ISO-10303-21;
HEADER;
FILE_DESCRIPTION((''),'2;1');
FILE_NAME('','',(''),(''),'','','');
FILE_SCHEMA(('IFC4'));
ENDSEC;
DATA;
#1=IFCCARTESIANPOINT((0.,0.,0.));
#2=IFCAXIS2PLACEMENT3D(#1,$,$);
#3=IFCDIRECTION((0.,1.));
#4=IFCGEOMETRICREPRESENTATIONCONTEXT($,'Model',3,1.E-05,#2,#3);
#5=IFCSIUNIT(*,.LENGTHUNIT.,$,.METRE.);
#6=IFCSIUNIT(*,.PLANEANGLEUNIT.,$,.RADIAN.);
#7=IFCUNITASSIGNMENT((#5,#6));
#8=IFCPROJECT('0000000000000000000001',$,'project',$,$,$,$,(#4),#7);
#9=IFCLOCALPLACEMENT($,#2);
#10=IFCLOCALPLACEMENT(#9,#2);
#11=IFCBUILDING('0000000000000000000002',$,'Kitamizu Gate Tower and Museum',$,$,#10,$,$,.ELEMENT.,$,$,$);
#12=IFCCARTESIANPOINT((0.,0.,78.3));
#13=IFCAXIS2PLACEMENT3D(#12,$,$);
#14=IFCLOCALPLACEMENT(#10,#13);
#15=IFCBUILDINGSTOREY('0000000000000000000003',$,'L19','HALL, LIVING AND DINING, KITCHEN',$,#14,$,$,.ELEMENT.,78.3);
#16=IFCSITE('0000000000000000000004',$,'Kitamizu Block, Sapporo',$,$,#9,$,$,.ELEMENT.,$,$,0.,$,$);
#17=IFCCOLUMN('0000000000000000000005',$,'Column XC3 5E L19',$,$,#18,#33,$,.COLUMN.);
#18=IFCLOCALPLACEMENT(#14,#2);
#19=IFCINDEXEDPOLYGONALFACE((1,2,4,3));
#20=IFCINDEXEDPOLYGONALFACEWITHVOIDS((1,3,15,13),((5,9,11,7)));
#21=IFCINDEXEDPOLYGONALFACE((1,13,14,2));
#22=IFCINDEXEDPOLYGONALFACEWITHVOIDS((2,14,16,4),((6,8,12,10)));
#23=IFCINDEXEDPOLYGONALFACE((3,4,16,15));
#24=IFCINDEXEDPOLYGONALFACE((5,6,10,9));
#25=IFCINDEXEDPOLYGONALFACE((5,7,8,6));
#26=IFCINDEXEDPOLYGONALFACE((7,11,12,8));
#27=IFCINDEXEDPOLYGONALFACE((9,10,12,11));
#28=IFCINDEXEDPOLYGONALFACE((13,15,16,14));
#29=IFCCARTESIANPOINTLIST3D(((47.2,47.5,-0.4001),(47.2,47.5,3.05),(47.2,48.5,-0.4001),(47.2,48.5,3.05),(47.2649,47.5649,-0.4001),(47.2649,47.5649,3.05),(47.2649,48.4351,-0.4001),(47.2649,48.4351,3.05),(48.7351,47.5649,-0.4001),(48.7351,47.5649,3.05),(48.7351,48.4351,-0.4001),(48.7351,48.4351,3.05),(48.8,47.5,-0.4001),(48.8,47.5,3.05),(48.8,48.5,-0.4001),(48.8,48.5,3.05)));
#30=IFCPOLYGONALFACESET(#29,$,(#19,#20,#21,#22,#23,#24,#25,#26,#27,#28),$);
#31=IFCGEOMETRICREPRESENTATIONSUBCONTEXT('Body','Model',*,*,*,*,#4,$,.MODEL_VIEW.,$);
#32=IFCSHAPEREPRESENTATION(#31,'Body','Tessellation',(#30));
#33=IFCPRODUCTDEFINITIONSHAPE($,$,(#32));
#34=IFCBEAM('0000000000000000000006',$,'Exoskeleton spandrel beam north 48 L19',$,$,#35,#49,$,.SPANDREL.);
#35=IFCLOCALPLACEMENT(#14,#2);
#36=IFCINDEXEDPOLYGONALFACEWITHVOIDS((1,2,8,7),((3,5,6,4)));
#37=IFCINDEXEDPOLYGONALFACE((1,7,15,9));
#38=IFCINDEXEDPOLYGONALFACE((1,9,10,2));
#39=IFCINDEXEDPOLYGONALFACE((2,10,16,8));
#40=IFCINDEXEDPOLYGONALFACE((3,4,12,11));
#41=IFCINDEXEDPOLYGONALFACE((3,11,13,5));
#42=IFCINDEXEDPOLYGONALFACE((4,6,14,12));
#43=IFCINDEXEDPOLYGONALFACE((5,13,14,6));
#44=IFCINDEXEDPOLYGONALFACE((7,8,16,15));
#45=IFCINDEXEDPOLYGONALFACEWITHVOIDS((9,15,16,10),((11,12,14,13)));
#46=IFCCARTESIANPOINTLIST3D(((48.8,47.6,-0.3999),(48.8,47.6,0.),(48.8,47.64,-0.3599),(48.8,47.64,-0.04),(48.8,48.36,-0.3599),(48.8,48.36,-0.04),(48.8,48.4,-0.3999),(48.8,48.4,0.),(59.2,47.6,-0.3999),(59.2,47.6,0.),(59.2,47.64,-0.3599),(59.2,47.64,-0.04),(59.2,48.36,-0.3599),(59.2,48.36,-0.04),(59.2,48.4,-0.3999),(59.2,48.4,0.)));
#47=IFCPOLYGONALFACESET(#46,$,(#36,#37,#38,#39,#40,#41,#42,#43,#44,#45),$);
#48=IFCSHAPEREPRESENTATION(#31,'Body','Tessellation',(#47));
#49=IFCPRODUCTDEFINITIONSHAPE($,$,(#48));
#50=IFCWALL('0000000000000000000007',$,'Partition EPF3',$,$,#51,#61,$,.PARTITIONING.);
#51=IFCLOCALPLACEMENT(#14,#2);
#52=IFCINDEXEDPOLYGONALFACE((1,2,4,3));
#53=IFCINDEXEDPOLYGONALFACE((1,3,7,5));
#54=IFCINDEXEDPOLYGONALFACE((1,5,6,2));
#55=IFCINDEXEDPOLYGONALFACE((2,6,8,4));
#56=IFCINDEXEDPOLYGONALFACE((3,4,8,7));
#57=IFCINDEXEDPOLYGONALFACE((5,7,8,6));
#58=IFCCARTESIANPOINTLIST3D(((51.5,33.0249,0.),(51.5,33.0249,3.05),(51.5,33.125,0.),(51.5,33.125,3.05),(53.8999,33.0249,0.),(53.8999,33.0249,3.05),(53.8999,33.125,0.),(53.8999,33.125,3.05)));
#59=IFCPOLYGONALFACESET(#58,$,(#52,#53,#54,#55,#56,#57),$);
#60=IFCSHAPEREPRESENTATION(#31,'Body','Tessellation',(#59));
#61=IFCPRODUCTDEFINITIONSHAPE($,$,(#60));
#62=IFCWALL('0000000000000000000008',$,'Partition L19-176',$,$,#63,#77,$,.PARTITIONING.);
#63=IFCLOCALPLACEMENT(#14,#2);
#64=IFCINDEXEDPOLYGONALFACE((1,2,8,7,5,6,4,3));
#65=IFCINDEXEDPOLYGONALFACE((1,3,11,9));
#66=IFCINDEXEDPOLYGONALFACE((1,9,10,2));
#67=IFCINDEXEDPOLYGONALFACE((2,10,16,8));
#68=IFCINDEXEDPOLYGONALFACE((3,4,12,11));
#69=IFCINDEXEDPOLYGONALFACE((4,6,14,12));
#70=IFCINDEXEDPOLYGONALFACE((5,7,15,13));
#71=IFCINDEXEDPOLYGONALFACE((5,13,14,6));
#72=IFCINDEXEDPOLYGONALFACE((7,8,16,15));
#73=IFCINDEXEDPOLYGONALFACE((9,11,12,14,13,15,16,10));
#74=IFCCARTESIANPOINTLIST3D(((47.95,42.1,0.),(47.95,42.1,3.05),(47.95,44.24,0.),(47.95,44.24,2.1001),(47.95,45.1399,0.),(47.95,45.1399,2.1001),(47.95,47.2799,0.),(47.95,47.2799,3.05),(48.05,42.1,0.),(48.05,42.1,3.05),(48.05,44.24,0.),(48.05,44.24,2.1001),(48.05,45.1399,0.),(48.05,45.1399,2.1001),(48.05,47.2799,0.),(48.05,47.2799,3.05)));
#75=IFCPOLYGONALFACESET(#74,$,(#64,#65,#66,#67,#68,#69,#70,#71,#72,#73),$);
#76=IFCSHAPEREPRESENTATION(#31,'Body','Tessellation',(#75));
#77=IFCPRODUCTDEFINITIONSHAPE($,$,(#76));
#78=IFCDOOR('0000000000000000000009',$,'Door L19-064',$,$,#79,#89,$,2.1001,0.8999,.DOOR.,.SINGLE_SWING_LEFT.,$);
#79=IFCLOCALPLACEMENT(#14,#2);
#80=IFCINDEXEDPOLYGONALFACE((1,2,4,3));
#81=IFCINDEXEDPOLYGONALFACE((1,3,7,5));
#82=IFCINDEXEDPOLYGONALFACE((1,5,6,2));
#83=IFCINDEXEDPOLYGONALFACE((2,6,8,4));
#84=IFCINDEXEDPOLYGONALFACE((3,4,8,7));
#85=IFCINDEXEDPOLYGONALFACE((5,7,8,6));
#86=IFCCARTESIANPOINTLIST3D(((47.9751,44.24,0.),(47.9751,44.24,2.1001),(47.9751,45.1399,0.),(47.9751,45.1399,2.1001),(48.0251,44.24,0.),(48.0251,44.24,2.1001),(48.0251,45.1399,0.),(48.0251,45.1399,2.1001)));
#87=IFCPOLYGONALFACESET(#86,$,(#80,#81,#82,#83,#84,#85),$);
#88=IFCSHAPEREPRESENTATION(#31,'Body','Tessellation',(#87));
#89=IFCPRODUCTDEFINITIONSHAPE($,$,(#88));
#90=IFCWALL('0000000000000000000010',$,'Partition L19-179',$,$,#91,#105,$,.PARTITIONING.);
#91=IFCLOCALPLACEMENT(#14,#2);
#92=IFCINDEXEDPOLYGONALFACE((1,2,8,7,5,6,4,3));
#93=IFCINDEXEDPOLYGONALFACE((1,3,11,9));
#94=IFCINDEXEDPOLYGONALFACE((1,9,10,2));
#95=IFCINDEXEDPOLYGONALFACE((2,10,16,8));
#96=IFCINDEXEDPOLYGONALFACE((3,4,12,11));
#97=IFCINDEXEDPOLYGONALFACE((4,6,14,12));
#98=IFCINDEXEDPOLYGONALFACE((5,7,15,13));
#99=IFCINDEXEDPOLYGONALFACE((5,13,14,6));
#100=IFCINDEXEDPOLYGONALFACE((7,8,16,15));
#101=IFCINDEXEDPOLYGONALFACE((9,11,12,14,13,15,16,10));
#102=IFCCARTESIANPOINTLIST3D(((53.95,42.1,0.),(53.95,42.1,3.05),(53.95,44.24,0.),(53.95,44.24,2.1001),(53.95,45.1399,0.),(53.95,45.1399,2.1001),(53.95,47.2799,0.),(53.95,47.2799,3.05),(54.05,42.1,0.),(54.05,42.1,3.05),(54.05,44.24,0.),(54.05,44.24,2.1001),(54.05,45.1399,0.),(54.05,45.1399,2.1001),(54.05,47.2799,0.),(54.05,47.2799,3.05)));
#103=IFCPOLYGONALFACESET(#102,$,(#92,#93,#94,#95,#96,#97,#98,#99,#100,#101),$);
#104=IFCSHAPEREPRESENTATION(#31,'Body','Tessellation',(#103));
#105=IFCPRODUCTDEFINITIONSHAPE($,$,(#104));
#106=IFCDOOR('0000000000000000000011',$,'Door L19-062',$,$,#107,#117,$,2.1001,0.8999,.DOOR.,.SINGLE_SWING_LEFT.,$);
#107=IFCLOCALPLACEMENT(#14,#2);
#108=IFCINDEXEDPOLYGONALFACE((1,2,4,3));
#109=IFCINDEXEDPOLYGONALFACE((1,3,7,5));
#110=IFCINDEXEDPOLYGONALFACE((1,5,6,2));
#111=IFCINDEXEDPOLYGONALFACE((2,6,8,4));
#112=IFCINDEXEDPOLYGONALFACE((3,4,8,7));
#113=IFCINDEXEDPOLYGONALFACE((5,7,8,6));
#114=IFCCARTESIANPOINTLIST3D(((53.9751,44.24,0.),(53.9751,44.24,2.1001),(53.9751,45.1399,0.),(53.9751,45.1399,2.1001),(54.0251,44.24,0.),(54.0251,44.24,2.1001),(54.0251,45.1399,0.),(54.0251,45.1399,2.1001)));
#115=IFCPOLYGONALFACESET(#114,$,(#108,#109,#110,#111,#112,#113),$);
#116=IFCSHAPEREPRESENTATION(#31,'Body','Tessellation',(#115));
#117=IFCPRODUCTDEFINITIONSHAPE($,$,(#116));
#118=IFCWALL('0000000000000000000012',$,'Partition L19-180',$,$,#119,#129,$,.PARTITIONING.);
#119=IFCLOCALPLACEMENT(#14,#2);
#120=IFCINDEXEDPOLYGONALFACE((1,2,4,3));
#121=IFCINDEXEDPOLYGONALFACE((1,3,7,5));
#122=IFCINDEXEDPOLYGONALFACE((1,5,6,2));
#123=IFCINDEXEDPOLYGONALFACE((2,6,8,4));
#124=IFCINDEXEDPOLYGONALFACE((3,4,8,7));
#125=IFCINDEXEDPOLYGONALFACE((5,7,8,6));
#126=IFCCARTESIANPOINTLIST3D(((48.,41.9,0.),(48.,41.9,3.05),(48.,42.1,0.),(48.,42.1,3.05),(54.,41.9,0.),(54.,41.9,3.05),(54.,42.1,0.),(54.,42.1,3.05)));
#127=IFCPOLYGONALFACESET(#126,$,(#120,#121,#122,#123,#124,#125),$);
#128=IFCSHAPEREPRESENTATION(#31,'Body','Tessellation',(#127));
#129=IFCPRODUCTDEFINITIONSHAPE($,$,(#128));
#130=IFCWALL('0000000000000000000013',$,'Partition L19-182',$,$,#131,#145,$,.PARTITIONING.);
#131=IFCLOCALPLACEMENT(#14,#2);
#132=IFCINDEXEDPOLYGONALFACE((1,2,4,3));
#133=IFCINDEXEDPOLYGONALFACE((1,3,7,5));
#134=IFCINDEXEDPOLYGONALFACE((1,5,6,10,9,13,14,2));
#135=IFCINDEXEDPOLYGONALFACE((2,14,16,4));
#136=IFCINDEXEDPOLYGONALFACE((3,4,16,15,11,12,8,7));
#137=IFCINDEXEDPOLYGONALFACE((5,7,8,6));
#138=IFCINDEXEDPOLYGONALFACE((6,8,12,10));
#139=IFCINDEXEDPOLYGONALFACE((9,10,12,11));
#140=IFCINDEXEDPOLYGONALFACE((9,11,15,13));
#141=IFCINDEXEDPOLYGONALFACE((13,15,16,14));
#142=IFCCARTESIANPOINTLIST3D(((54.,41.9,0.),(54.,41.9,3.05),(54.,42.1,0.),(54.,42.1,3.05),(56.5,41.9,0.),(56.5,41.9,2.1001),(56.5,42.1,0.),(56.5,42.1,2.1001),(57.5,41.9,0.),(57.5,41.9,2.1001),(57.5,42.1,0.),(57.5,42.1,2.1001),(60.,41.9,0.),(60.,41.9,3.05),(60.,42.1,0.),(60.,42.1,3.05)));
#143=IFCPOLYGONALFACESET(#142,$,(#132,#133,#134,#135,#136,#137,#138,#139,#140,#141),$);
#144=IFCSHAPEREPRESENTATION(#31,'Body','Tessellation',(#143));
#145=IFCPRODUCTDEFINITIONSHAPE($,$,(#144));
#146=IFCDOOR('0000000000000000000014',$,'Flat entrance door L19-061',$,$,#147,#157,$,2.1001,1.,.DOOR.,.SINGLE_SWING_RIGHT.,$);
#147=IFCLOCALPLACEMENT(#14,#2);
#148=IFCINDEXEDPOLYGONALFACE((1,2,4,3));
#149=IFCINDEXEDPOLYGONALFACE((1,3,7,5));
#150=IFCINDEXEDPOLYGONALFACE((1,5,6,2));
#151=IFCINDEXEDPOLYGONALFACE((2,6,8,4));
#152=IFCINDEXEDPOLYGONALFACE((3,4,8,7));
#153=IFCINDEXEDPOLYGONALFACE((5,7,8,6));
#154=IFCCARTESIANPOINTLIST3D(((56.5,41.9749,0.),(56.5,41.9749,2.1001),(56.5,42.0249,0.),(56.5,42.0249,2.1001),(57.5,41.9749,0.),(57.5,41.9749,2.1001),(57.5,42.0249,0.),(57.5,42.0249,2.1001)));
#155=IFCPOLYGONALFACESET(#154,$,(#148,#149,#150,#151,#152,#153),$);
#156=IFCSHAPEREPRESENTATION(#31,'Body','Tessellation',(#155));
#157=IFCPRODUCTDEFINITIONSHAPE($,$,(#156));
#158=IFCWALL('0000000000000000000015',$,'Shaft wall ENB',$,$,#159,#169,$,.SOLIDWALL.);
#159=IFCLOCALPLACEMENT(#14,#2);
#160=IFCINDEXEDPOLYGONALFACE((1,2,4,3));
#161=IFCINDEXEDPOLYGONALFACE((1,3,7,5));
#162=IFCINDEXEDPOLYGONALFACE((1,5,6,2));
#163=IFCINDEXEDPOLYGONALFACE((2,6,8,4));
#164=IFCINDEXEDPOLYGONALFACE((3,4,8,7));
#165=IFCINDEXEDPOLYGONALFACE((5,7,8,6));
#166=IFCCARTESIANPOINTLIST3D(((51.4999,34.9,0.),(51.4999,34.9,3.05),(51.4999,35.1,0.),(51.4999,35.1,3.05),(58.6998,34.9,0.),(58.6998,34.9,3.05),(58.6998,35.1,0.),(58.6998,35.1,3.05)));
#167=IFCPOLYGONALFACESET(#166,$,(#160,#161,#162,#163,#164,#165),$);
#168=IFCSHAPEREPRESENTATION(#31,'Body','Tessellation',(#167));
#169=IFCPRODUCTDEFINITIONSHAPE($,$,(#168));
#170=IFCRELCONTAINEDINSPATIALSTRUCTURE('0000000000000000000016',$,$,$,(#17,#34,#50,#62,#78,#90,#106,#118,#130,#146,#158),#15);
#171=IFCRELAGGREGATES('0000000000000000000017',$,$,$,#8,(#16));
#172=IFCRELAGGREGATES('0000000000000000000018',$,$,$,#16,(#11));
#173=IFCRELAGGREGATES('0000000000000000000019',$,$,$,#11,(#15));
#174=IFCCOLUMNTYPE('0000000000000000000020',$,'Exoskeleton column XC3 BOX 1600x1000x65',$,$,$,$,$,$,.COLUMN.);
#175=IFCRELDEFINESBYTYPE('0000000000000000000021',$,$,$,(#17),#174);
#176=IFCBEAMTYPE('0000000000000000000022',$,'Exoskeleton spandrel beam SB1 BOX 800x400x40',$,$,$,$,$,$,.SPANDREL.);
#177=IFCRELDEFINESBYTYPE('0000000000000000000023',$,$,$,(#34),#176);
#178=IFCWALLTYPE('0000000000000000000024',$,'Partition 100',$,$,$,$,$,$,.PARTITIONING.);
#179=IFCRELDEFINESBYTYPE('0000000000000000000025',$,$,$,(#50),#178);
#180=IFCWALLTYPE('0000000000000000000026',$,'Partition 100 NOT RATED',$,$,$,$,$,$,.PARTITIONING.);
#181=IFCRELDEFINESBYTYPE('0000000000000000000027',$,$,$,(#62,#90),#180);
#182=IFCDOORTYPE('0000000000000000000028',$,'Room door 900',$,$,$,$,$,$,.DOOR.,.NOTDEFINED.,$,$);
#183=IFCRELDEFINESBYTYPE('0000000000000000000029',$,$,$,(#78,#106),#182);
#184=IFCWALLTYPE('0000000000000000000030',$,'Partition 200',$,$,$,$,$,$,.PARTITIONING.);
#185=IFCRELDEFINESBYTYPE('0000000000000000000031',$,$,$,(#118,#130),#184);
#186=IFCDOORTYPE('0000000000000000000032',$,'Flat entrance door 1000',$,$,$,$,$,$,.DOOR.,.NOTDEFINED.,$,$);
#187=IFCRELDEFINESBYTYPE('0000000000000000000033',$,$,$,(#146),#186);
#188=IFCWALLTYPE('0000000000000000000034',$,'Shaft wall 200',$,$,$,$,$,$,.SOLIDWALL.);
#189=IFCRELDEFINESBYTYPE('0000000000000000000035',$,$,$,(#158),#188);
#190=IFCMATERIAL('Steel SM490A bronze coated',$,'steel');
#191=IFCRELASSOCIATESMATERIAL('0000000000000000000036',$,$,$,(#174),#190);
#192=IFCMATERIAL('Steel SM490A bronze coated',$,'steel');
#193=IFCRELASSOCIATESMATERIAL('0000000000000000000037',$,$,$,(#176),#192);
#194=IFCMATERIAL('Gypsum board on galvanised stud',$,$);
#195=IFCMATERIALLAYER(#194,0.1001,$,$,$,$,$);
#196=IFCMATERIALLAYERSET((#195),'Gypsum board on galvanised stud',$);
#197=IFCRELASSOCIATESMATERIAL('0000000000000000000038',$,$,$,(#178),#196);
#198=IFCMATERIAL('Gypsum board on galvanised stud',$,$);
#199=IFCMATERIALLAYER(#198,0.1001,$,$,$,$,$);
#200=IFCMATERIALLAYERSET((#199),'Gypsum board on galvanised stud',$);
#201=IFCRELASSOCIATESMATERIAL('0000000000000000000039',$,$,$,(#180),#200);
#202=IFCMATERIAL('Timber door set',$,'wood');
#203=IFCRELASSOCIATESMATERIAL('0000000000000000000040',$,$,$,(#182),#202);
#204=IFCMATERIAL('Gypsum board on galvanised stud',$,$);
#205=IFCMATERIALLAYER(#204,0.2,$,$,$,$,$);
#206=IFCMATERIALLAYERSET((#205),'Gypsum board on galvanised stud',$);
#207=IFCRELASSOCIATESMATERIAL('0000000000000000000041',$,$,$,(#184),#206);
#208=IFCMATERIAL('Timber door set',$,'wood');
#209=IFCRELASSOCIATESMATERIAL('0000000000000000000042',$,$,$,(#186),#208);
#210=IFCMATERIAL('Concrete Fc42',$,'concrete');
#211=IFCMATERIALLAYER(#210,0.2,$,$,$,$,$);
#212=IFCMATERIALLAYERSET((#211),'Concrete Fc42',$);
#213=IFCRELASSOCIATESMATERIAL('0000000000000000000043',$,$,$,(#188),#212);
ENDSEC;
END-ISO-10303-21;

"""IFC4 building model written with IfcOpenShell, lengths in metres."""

from ifc_helpers import new_model, si_unit, direction, frame, frame_2d, origin, origin_2d, place, context, subcontext, project, spatial, rectangle, hollow_rectangle, extrude, material, layer, layer_set, material_profile, profile_set, type_object, element, fill, save


model = new_model("IFC4")

# Units and contexts
model_context = context("Model", 3, precision=1e-05, world=origin(), true_north=direction((0.0, 1.0)))
body_context = subcontext(model_context, "Body", "Model", "MODEL_VIEW")
ifc_project = project(units=[si_unit("LENGTHUNIT", "METRE"), si_unit("PLANEANGLEUNIT", "RADIAN")], contexts=[model_context])

# Site, building, storey
site_placement = place(None, origin())
site = spatial("IfcSite", under=ifc_project, at=site_placement, Name="Kitamizu Block, Sapporo", CompositionType="ELEMENT", RefElevation=0.0)
building_placement = place(site_placement, origin())
building = spatial("IfcBuilding", under=site, at=building_placement, Name="Kitamizu Gate Tower and Museum", CompositionType="ELEMENT")
storey_placement = place(building_placement, frame((0.0, 0.0, 78.3)))
storey = spatial("IfcBuildingStorey", under=building, at=storey_placement, Name="L19", Description="HALL, LIVING AND DINING, KITCHEN", CompositionType="ELEMENT", Elevation=78.3)

# Column
ifc_material_1 = material(Name="Steel SM490A bronze coated", Category="steel")
ifc_material_profile_1 = material_profile(ifc_material_1, hollow_rectangle(XDim=1.6001, YDim=1.0, WallThickness=0.0649, at=origin_2d()), Name="BOX 1600x1000x65")
ifc_profile_set_1 = profile_set([ifc_material_profile_1], Name="Steel SM490A bronze coated")
column_type = type_object("IfcColumnType", Name="Exoskeleton column XC3 BOX 1600x1000x65", PredefinedType="COLUMN", material=ifc_profile_set_1)
column_placement = place(storey_placement, frame((48.0, 48.0, -0.4001), z_axis=(0.0, 0.0, 1.0), x_axis=(1.0, 0.0, 0.0)))
element("IfcColumn", 1, at=column_placement, inside=storey, type_object=column_type, Name="Column XC3 5E L19", PredefinedType="COLUMN", context=body_context, shape_type="SweptSolid", body=[
    extrude(hollow_rectangle(XDim=1.6001, YDim=1.0, WallThickness=0.0649, at=origin_2d()), origin(), (0.0, 0.0, 1.0), 3.4502),
])

# Beam
ifc_material_2 = material(Name="Steel SM490A bronze coated", Category="steel")
ifc_material_profile_2 = material_profile(ifc_material_2, hollow_rectangle(XDim=0.8, YDim=0.3999, WallThickness=0.04, at=origin_2d()), Name="BOX 800x400x40")
ifc_profile_set_2 = profile_set([ifc_material_profile_2], Name="Steel SM490A bronze coated")
beam_type = type_object("IfcBeamType", Name="Exoskeleton spandrel beam SB1 BOX 800x400x40", PredefinedType="SPANDREL", material=ifc_profile_set_2)
beam_placement = place(storey_placement, frame((48.8, 48.0, -0.2), z_axis=(1.0, 0.0, 0.0), x_axis=(0.0, 1.0, 0.0)))
element("IfcBeam", 2, at=beam_placement, inside=storey, type_object=beam_type, Name="Exoskeleton spandrel beam north 48 L19", PredefinedType="SPANDREL", context=body_context, shape_type="SweptSolid", body=[
    extrude(hollow_rectangle(XDim=0.8, YDim=0.3999, WallThickness=0.04, at=origin_2d()), origin(), (0.0, 0.0, 1.0), 10.3999),
])

# Wall
ifc_material_3 = material(Name="Gypsum board on galvanised stud")
ifc_layer_1 = layer(ifc_material_3, 0.1001)
ifc_layer_set_1 = layer_set([ifc_layer_1], Name="Gypsum board on galvanised stud")
wall_type_1 = type_object("IfcWallType", Name="Partition 100", PredefinedType="PARTITIONING", material=ifc_layer_set_1)
wall_1_placement = place(storey_placement, frame((53.8999, 33.075, 0.0), z_axis=(0.0, 0.0, 1.0), x_axis=(-1.0, 0.0, 0.0)))
element("IfcWall", 3, at=wall_1_placement, inside=storey, type_object=wall_type_1, Name="Partition EPF3", PredefinedType="PARTITIONING", context=body_context, shape_type="SweptSolid", body=[
    extrude(rectangle(XDim=2.3999, YDim=0.1001, at=frame_2d((1.2, 0.0))), origin(), (0.0, 0.0, 1.0), 3.05),
])

# Walls, openings, doors
ifc_material_4 = material(Name="Gypsum board on galvanised stud")
ifc_layer_2 = layer(ifc_material_4, 0.1001)
ifc_layer_set_2 = layer_set([ifc_layer_2], Name="Gypsum board on galvanised stud")
wall_type_2 = type_object("IfcWallType", Name="Partition 100 NOT RATED", PredefinedType="PARTITIONING", material=ifc_layer_set_2)
wall_2_placement = place(storey_placement, frame((48.0, 42.1001, 0.0), z_axis=(0.0, 0.0, 1.0), x_axis=(0.0, 1.0, 0.0)))
wall_2 = element("IfcWall", 4, at=wall_2_placement, inside=storey, type_object=wall_type_2, Name="Partition L19-176", PredefinedType="PARTITIONING", context=body_context, shape_type="SweptSolid", body=[
    extrude(rectangle(XDim=5.1799, YDim=0.1001, at=frame_2d((2.5898, 0.0))), origin(), (0.0, 0.0, 1.0), 3.05),
])
opening_1_placement = place(wall_2_placement, frame((2.1399, 0.0, 0.0)))
opening_1 = element("IfcOpeningElement", 5, at=opening_1_placement, cuts=wall_2, PredefinedType="OPENING", context=body_context, shape_type="SweptSolid", body=[
    extrude(rectangle(XDim=0.8999, YDim=2.1001, at=frame_2d((0.45, 1.05))), frame((0.0, 0.0601, 0.0), z_axis=(0.0, -1.0, 0.0), x_axis=(1.0, 0.0, 0.0)), (0.0, 0.0, 1.0), 0.1201),
])
ifc_material_5 = material(Name="Timber door set", Category="wood")
door_type_1 = type_object("IfcDoorType", Name="Room door 900", OperationType="NOTDEFINED", PredefinedType="DOOR", material=ifc_material_5)
door_1_placement = place(opening_1_placement, origin())
door_1 = element("IfcDoor", 6, at=door_1_placement, inside=storey, type_object=door_type_1, Name="Door L19-064", OperationType="SINGLE_SWING_LEFT", OverallHeight=2.1001, OverallWidth=0.8999, PredefinedType="DOOR", context=body_context, shape_type="SweptSolid", body=[
    extrude(rectangle(XDim=0.8999, YDim=2.1001, at=frame_2d((0.45, 1.05))), frame((0.0, 0.0249, 0.0), z_axis=(0.0, -1.0, 0.0), x_axis=(1.0, 0.0, 0.0)), (0.0, 0.0, 1.0), 0.05),
])
fill(opening_1, door_1)
wall_3_placement = place(storey_placement, frame((54.0, 42.1001, 0.0), z_axis=(0.0, 0.0, 1.0), x_axis=(0.0, 1.0, 0.0)))
wall_3 = element("IfcWall", 7, at=wall_3_placement, inside=storey, type_object=wall_type_2, Name="Partition L19-179", PredefinedType="PARTITIONING", context=body_context, shape_type="SweptSolid", body=[
    extrude(rectangle(XDim=5.1799, YDim=0.1001, at=frame_2d((2.5898, 0.0))), origin(), (0.0, 0.0, 1.0), 3.05),
])
opening_2_placement = place(wall_3_placement, frame((2.1399, 0.0, 0.0)))
opening_2 = element("IfcOpeningElement", 8, at=opening_2_placement, cuts=wall_3, PredefinedType="OPENING", context=body_context, shape_type="SweptSolid", body=[
    extrude(rectangle(XDim=0.8999, YDim=2.1001, at=frame_2d((0.45, 1.05))), frame((0.0, 0.0601, 0.0), z_axis=(0.0, -1.0, 0.0), x_axis=(1.0, 0.0, 0.0)), (0.0, 0.0, 1.0), 0.1201),
])
door_2_placement = place(opening_2_placement, origin())
door_2 = element("IfcDoor", 9, at=door_2_placement, inside=storey, type_object=door_type_1, Name="Door L19-062", OperationType="SINGLE_SWING_LEFT", OverallHeight=2.1001, OverallWidth=0.8999, PredefinedType="DOOR", context=body_context, shape_type="SweptSolid", body=[
    extrude(rectangle(XDim=0.8999, YDim=2.1001, at=frame_2d((0.45, 1.05))), frame((0.0, 0.0249, 0.0), z_axis=(0.0, -1.0, 0.0), x_axis=(1.0, 0.0, 0.0)), (0.0, 0.0, 1.0), 0.05),
])
fill(opening_2, door_2)

# Wall
ifc_material_6 = material(Name="Gypsum board on galvanised stud")
ifc_layer_3 = layer(ifc_material_6, 0.2)
ifc_layer_set_3 = layer_set([ifc_layer_3], Name="Gypsum board on galvanised stud")
wall_type_3 = type_object("IfcWallType", Name="Partition 200", PredefinedType="PARTITIONING", material=ifc_layer_set_3)
wall_4_placement = place(storey_placement, frame((48.0, 42.0, 0.0), z_axis=(0.0, 0.0, 1.0), x_axis=(1.0, 0.0, 0.0)))
element("IfcWall", 10, at=wall_4_placement, inside=storey, type_object=wall_type_3, Name="Partition L19-180", PredefinedType="PARTITIONING", context=body_context, shape_type="SweptSolid", body=[
    extrude(rectangle(XDim=6.0, YDim=0.2, at=frame_2d((3.0, 0.0))), origin(), (0.0, 0.0, 1.0), 3.05),
])

# Wall, opening, door
wall_5_placement = place(storey_placement, frame((54.0, 42.0, 0.0), z_axis=(0.0, 0.0, 1.0), x_axis=(1.0, 0.0, 0.0)))
wall_5 = element("IfcWall", 11, at=wall_5_placement, inside=storey, type_object=wall_type_3, Name="Partition L19-182", PredefinedType="PARTITIONING", context=body_context, shape_type="SweptSolid", body=[
    extrude(rectangle(XDim=6.0, YDim=0.2, at=frame_2d((3.0, 0.0))), origin(), (0.0, 0.0, 1.0), 3.05),
])
opening_3_placement = place(wall_5_placement, frame((2.5, 0.0, 0.0)))
opening_3 = element("IfcOpeningElement", 12, at=opening_3_placement, cuts=wall_5, PredefinedType="OPENING", context=body_context, shape_type="SweptSolid", body=[
    extrude(rectangle(XDim=1.0, YDim=2.1001, at=frame_2d((0.5, 1.05))), frame((0.0, 0.1099, 0.0), z_axis=(0.0, -1.0, 0.0), x_axis=(1.0, 0.0, 0.0)), (0.0, 0.0, 1.0), 0.22),
])
ifc_material_7 = material(Name="Timber door set", Category="wood")
door_type_2 = type_object("IfcDoorType", Name="Flat entrance door 1000", OperationType="NOTDEFINED", PredefinedType="DOOR", material=ifc_material_7)
door_3_placement = place(opening_3_placement, origin())
door_3 = element("IfcDoor", 13, at=door_3_placement, inside=storey, type_object=door_type_2, Name="Flat entrance door L19-061", OperationType="SINGLE_SWING_RIGHT", OverallHeight=2.1001, OverallWidth=1.0, PredefinedType="DOOR", context=body_context, shape_type="SweptSolid", body=[
    extrude(rectangle(XDim=1.0, YDim=2.1001, at=frame_2d((0.5, 1.05))), frame((0.0, 0.0249, 0.0), z_axis=(0.0, -1.0, 0.0), x_axis=(1.0, 0.0, 0.0)), (0.0, 0.0, 1.0), 0.05),
])
fill(opening_3, door_3)

# Wall
ifc_material_8 = material(Name="Concrete Fc42", Category="concrete")
ifc_layer_4 = layer(ifc_material_8, 0.2)
ifc_layer_set_4 = layer_set([ifc_layer_4], Name="Concrete Fc42")
wall_type_4 = type_object("IfcWallType", Name="Shaft wall 200", PredefinedType="SOLIDWALL", material=ifc_layer_set_4)
wall_6_placement = place(storey_placement, frame((58.7, 35.0, 0.0), z_axis=(0.0, 0.0, 1.0), x_axis=(-1.0, 0.0, 0.0)))
element("IfcWall", 14, at=wall_6_placement, inside=storey, type_object=wall_type_4, Name="Shaft wall ENB", PredefinedType="SOLIDWALL", context=body_context, shape_type="SweptSolid", body=[
    extrude(rectangle(XDim=7.2, YDim=0.2, at=frame_2d((3.6001, 0.0))), origin(), (0.0, 0.0, 1.0), 3.05),
])

save(model, "model.ifc")
